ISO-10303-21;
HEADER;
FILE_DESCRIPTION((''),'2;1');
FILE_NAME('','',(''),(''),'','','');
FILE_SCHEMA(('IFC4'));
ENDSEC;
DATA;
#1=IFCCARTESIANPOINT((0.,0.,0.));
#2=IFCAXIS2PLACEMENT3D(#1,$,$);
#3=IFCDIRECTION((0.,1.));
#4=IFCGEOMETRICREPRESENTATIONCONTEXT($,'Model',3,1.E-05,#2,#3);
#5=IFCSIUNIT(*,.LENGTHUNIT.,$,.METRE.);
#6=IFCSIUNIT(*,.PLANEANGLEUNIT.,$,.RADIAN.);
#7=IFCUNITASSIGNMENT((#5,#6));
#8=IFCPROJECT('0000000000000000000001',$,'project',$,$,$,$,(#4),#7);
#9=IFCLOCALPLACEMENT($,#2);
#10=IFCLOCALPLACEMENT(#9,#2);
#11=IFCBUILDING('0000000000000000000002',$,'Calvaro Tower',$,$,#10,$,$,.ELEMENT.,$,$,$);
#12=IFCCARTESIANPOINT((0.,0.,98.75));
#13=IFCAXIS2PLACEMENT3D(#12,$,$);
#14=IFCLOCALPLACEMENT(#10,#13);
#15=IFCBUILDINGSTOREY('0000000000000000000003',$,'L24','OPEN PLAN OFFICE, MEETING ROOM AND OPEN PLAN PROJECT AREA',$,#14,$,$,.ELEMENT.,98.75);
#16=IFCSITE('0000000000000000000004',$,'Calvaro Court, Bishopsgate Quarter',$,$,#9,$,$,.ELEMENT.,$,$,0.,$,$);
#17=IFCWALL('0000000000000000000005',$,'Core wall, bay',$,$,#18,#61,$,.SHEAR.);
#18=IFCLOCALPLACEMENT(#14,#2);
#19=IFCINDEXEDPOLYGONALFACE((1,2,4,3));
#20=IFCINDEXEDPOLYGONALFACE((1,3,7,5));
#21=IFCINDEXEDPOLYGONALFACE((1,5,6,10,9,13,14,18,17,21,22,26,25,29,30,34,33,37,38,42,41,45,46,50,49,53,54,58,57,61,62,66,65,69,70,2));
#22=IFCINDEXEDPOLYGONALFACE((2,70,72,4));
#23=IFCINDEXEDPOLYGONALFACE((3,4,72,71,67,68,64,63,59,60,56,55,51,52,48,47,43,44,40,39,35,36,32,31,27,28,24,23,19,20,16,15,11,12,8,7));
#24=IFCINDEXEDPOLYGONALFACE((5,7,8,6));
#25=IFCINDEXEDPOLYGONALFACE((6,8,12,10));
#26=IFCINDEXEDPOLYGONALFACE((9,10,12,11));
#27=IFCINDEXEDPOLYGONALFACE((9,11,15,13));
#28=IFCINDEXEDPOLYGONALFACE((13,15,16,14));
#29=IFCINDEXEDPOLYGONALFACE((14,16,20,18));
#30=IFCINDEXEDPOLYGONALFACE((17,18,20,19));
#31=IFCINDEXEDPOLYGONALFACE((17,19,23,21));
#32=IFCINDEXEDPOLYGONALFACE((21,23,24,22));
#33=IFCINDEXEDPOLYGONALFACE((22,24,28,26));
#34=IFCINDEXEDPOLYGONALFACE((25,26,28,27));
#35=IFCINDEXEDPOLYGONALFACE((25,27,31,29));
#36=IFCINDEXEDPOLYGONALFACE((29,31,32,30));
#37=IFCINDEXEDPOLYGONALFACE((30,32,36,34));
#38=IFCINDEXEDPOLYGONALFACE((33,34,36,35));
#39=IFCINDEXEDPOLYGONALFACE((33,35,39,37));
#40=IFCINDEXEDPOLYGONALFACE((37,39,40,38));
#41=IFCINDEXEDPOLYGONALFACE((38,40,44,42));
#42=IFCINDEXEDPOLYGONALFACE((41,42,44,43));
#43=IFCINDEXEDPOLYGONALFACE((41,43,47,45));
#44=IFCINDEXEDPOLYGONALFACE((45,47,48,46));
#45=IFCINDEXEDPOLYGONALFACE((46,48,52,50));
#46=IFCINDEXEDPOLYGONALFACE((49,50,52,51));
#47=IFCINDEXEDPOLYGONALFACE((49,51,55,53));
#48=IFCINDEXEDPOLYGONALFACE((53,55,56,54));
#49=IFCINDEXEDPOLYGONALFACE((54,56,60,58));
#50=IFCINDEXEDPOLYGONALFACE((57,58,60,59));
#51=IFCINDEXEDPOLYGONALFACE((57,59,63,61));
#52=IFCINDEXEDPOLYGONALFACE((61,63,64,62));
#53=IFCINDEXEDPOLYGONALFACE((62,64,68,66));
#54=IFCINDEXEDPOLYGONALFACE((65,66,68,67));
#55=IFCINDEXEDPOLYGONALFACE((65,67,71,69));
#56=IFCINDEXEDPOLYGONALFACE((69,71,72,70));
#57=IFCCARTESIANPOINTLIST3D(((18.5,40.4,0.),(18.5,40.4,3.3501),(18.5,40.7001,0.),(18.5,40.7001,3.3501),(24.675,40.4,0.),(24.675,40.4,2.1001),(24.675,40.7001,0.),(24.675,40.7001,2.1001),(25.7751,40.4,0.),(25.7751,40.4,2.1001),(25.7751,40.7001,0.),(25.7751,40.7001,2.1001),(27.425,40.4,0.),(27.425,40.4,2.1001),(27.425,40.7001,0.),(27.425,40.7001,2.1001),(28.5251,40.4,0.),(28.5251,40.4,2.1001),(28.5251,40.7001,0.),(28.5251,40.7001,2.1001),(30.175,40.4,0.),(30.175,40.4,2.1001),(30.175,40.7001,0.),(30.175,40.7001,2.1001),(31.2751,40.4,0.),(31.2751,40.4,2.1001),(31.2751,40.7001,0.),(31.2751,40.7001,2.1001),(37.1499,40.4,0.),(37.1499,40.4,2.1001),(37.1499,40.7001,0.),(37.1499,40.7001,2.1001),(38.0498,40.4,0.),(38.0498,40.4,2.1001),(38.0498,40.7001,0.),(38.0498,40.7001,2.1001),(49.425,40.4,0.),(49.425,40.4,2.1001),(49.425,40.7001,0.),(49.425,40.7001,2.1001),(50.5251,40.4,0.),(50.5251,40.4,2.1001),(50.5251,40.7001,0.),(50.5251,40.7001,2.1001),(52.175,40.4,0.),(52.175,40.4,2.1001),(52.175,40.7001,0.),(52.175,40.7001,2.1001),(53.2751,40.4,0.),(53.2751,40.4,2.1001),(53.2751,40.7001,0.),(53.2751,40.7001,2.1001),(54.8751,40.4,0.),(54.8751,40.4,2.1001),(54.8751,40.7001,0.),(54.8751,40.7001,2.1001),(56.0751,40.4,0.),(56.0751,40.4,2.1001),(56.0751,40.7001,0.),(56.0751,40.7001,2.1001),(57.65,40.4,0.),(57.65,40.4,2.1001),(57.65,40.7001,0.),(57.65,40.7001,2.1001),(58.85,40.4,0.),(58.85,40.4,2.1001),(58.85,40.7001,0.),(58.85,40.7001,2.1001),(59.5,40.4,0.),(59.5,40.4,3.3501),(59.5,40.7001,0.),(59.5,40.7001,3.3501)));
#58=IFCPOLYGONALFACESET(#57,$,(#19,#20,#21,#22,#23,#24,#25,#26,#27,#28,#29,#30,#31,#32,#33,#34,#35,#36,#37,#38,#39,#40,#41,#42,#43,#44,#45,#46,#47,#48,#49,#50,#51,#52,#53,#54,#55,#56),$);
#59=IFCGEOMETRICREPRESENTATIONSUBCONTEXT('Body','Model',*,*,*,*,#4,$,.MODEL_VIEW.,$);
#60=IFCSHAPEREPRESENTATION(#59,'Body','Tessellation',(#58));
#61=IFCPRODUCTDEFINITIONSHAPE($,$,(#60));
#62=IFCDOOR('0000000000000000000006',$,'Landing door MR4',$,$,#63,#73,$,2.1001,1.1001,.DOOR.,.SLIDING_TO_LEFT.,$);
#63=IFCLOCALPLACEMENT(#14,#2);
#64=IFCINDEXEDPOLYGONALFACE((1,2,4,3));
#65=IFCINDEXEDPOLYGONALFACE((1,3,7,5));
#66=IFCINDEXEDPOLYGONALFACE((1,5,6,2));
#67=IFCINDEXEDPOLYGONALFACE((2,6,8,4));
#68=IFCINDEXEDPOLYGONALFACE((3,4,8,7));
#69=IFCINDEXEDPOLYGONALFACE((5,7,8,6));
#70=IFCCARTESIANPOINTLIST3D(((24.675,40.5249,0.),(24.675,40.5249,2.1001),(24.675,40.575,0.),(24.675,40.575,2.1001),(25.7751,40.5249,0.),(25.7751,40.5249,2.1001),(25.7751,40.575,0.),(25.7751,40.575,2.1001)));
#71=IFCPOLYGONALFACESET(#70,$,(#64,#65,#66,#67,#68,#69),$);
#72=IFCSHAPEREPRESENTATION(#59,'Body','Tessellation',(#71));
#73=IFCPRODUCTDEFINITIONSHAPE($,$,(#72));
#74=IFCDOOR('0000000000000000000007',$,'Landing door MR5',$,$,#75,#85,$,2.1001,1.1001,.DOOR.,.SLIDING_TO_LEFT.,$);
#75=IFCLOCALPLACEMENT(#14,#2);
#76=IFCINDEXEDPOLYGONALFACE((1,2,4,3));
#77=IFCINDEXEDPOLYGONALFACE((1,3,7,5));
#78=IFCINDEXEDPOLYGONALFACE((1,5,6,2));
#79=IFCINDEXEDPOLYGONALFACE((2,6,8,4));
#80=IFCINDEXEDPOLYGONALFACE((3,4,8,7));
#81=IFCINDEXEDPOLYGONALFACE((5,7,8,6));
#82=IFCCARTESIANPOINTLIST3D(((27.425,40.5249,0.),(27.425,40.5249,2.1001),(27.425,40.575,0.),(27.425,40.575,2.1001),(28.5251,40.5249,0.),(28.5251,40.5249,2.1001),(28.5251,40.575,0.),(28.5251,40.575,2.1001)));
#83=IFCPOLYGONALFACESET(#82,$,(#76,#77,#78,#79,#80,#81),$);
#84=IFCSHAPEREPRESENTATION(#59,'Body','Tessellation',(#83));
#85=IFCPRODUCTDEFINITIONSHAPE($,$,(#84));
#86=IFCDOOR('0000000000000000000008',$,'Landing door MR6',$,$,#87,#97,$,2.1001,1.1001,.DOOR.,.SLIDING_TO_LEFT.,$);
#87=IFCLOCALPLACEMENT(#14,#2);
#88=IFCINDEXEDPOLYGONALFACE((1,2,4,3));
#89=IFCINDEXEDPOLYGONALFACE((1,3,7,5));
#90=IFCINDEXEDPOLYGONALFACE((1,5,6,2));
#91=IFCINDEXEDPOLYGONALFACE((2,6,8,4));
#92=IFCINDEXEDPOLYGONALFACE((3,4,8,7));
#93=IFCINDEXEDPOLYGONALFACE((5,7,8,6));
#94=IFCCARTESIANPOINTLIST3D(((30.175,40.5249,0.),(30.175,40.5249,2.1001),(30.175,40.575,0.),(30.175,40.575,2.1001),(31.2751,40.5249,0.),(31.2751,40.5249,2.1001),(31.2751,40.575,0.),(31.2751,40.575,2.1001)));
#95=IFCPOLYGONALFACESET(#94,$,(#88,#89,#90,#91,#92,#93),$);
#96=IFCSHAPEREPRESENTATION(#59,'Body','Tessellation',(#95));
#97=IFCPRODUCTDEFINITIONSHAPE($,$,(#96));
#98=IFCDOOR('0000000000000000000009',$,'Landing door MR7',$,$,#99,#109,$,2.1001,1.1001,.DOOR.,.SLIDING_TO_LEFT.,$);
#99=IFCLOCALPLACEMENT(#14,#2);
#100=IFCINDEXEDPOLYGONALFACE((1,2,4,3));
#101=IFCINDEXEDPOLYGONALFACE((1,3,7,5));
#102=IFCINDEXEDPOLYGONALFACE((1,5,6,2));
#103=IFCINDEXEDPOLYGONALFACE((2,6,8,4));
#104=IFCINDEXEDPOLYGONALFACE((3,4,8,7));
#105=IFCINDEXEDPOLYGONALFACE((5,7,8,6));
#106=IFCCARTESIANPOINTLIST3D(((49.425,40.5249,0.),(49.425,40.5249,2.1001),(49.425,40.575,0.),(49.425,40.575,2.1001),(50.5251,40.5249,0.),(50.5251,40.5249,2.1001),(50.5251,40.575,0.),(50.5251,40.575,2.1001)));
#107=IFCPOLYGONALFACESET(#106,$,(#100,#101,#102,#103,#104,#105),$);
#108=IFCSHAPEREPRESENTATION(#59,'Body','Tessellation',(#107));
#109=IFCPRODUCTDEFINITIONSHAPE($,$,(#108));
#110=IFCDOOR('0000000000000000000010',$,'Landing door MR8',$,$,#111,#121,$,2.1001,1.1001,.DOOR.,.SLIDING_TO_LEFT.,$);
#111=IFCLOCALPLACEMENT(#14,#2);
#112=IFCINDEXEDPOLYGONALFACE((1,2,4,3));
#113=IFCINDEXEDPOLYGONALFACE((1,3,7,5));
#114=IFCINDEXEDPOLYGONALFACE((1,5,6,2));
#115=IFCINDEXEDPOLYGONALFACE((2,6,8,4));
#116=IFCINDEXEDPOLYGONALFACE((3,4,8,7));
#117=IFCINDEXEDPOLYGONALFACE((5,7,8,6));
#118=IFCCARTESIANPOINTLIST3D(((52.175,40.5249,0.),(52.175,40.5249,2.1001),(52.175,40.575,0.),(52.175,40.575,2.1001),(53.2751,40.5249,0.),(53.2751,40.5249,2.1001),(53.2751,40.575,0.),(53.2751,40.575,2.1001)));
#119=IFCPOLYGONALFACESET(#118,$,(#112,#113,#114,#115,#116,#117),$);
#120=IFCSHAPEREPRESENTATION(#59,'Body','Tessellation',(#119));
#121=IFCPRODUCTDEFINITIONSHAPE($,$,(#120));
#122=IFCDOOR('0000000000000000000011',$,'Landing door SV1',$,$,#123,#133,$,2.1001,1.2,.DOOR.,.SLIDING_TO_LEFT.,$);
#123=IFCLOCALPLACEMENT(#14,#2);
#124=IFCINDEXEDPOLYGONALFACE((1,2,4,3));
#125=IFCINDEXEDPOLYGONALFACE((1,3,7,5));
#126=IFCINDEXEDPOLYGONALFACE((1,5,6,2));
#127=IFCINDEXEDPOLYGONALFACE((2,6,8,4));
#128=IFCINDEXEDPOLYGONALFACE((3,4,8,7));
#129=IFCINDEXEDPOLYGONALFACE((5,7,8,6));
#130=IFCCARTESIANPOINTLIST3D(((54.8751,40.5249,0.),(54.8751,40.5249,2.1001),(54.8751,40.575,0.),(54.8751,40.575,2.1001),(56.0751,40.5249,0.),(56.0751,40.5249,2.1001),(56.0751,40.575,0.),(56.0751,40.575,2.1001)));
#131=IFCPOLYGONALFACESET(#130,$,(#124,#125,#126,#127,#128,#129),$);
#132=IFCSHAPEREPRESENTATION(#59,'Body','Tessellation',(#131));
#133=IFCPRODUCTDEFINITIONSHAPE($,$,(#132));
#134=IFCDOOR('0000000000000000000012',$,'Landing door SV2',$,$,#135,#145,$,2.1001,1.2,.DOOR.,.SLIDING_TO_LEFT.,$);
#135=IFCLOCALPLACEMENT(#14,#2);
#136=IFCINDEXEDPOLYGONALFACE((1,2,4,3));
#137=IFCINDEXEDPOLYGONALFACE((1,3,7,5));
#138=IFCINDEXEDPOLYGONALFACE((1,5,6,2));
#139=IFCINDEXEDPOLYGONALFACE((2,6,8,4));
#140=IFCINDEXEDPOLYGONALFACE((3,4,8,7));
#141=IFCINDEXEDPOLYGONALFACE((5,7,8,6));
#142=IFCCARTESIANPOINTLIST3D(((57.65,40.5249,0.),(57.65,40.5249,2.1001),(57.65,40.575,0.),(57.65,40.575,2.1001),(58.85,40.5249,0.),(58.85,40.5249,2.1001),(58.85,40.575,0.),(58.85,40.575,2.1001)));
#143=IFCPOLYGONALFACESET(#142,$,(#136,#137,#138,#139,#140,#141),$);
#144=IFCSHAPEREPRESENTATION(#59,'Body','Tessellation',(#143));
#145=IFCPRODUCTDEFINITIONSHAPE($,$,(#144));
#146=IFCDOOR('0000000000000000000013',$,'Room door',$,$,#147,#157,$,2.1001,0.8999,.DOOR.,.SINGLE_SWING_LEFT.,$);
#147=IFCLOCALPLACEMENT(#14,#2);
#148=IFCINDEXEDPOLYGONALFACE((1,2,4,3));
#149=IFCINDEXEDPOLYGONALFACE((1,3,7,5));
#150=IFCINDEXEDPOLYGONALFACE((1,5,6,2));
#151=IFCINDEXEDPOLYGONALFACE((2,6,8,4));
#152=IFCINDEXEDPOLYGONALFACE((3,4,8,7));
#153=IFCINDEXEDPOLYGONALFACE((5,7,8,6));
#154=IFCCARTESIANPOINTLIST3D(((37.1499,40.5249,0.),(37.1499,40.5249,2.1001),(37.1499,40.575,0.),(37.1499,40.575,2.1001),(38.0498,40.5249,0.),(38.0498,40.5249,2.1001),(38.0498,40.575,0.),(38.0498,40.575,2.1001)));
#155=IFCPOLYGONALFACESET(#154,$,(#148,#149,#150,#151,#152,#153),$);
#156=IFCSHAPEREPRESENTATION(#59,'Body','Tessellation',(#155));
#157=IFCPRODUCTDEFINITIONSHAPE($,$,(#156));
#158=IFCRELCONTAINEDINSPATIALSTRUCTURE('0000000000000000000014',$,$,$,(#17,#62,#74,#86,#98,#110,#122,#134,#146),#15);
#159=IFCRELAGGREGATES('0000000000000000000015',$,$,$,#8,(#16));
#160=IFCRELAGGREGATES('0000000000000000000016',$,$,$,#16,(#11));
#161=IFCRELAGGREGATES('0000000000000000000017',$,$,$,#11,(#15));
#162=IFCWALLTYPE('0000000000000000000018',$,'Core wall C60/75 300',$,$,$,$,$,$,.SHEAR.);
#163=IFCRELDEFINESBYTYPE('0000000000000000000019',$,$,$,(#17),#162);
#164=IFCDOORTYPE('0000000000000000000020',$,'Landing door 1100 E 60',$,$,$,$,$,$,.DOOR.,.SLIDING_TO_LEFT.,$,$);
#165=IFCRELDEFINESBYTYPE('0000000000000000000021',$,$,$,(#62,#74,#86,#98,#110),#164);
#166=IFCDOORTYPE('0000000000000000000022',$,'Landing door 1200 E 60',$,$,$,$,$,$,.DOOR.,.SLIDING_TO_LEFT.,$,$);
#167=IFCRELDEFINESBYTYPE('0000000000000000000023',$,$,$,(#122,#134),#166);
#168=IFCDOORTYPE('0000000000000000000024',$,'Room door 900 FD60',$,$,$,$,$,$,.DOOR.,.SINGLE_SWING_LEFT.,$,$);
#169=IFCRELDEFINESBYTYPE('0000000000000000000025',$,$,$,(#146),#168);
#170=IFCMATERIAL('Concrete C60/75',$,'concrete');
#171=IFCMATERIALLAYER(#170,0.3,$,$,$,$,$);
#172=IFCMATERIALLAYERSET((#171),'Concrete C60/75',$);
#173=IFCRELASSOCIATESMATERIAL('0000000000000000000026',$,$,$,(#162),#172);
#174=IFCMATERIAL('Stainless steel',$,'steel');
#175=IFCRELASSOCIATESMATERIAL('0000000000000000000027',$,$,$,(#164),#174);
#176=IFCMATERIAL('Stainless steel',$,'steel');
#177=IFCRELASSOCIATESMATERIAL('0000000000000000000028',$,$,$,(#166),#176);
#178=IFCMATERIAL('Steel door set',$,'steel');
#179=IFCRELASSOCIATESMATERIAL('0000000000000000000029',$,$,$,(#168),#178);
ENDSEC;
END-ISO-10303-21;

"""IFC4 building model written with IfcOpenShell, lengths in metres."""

from ifc_helpers import new_model, si_unit, direction, frame, frame_2d, origin, place, context, subcontext, project, spatial, rectangle, extrude, material, layer, layer_set, type_object, element, fill, save


model = new_model("IFC4")

# Units and contexts
model_context = context("Model", 3, precision=1e-05, world=origin(), true_north=direction((0.0, 1.0)))
body_context = subcontext(model_context, "Body", "Model", "MODEL_VIEW")
ifc_project = project(units=[si_unit("LENGTHUNIT", "METRE"), si_unit("PLANEANGLEUNIT", "RADIAN")], contexts=[model_context])

# Site, building, storey
site_placement = place(None, origin())
site = spatial("IfcSite", under=ifc_project, at=site_placement, Name="Calvaro Court, Bishopsgate Quarter", CompositionType="ELEMENT", RefElevation=0.0)
building_placement = place(site_placement, origin())
building = spatial("IfcBuilding", under=site, at=building_placement, Name="Calvaro Tower", CompositionType="ELEMENT")
storey_placement = place(building_placement, frame((0.0, 0.0, 98.75)))
storey = spatial("IfcBuildingStorey", under=building, at=storey_placement, Name="L24", Description="OPEN PLAN OFFICE, MEETING ROOM AND OPEN PLAN PROJECT AREA", CompositionType="ELEMENT", Elevation=98.75)

# Shared definitions
ifc_material_1 = material(Name="Concrete C60/75", Category="concrete")
ifc_layer_1 = layer(ifc_material_1, 0.3)
ifc_layer_set_1 = layer_set([ifc_layer_1], Name="Concrete C60/75")
wall_type_1 = type_object("IfcWallType", Name="Core wall C60/75 300", PredefinedType="SHEAR", material=ifc_layer_set_1)
ifc_material_2 = material(Name="Stainless steel", Category="steel")
door_type_1 = type_object("IfcDoorType", Name="Landing door 1100 E 60", OperationType="SLIDING_TO_LEFT", PredefinedType="DOOR", material=ifc_material_2)

# Wall, openings, doors
wall_1_placement = place(storey_placement, frame((18.5, 40.55, 0.0), z_axis=(0.0, 0.0, 1.0), x_axis=(1.0, 0.0, 0.0)))
wall_1 = element("IfcWall", 1, at=wall_1_placement, inside=storey, type_object=wall_type_1, Name="Core wall, bay", PredefinedType="SHEAR", context=body_context, shape_type="SweptSolid", body=[
    extrude(rectangle(XDim=41.0, YDim=0.3, at=frame_2d((20.5, 0.0))), origin(), (0.0, 0.0, 1.0), 3.3501),
])
opening_1_placement = place(wall_1_placement, frame((18.6499, 0.0, 0.0)))
opening_1 = element("IfcOpeningElement", 2, at=opening_1_placement, cuts=wall_1, PredefinedType="OPENING", context=body_context, shape_type="SweptSolid", body=[
    extrude(rectangle(XDim=0.8999, YDim=2.1001, at=frame_2d((0.45, 1.05))), frame((0.0, 0.1599, 0.0), z_axis=(0.0, -1.0, 0.0), x_axis=(1.0, 0.0, 0.0)), (0.0, 0.0, 1.0), 0.3201),
])
opening_2_placement = place(wall_1_placement, frame((6.175, 0.0, 0.0)))
opening_2 = element("IfcOpeningElement", 3, at=opening_2_placement, cuts=wall_1, PredefinedType="OPENING", context=body_context, shape_type="SweptSolid", body=[
    extrude(rectangle(XDim=1.1001, YDim=2.1001, at=frame_2d((0.55, 1.05))), frame((0.0, 0.1599, 0.0), z_axis=(0.0, -1.0, 0.0), x_axis=(1.0, 0.0, 0.0)), (0.0, 0.0, 1.0), 0.3201),
])
opening_3_placement = place(wall_1_placement, frame((8.925, 0.0, 0.0)))
opening_3 = element("IfcOpeningElement", 4, at=opening_3_placement, cuts=wall_1, PredefinedType="OPENING", context=body_context, shape_type="SweptSolid", body=[
    extrude(rectangle(XDim=1.1001, YDim=2.1001, at=frame_2d((0.55, 1.05))), frame((0.0, 0.1599, 0.0), z_axis=(0.0, -1.0, 0.0), x_axis=(1.0, 0.0, 0.0)), (0.0, 0.0, 1.0), 0.3201),
])
opening_4_placement = place(wall_1_placement, frame((11.675, 0.0, 0.0)))
opening_4 = element("IfcOpeningElement", 5, at=opening_4_placement, cuts=wall_1, PredefinedType="OPENING", context=body_context, shape_type="SweptSolid", body=[
    extrude(rectangle(XDim=1.1001, YDim=2.1001, at=frame_2d((0.55, 1.05))), frame((0.0, 0.1599, 0.0), z_axis=(0.0, -1.0, 0.0), x_axis=(1.0, 0.0, 0.0)), (0.0, 0.0, 1.0), 0.3201),
])
opening_5_placement = place(wall_1_placement, frame((30.925, 0.0, 0.0)))
opening_5 = element("IfcOpeningElement", 6, at=opening_5_placement, cuts=wall_1, PredefinedType="OPENING", context=body_context, shape_type="SweptSolid", body=[
    extrude(rectangle(XDim=1.1001, YDim=2.1001, at=frame_2d((0.55, 1.05))), frame((0.0, 0.1599, 0.0), z_axis=(0.0, -1.0, 0.0), x_axis=(1.0, 0.0, 0.0)), (0.0, 0.0, 1.0), 0.3201),
])
opening_6_placement = place(wall_1_placement, frame((33.675, 0.0, 0.0)))
opening_6 = element("IfcOpeningElement", 7, at=opening_6_placement, cuts=wall_1, PredefinedType="OPENING", context=body_context, shape_type="SweptSolid", body=[
    extrude(rectangle(XDim=1.1001, YDim=2.1001, at=frame_2d((0.55, 1.05))), frame((0.0, 0.1599, 0.0), z_axis=(0.0, -1.0, 0.0), x_axis=(1.0, 0.0, 0.0)), (0.0, 0.0, 1.0), 0.3201),
])
opening_7_placement = place(wall_1_placement, frame((36.375, 0.0, 0.0)))
opening_7 = element("IfcOpeningElement", 8, at=opening_7_placement, cuts=wall_1, PredefinedType="OPENING", context=body_context, shape_type="SweptSolid", body=[
    extrude(rectangle(XDim=1.2, YDim=2.1001, at=frame_2d((0.6001, 1.05))), frame((0.0, 0.1599, 0.0), z_axis=(0.0, -1.0, 0.0), x_axis=(1.0, 0.0, 0.0)), (0.0, 0.0, 1.0), 0.3201),
])
opening_8_placement = place(wall_1_placement, frame((39.1499, 0.0, 0.0)))
opening_8 = element("IfcOpeningElement", 9, at=opening_8_placement, cuts=wall_1, PredefinedType="OPENING", context=body_context, shape_type="SweptSolid", body=[
    extrude(rectangle(XDim=1.2, YDim=2.1001, at=frame_2d((0.6001, 1.05))), frame((0.0, 0.1599, 0.0), z_axis=(0.0, -1.0, 0.0), x_axis=(1.0, 0.0, 0.0)), (0.0, 0.0, 1.0), 0.3201),
])
door_1_placement = place(opening_2_placement, origin())
door_1 = element("IfcDoor", 10, at=door_1_placement, inside=storey, type_object=door_type_1, Name="Landing door MR4", OperationType="SLIDING_TO_LEFT", OverallHeight=2.1001, OverallWidth=1.1001, PredefinedType="DOOR", context=body_context, shape_type="SweptSolid", body=[
    extrude(rectangle(XDim=1.1001, YDim=2.1001, at=frame_2d((0.55, 1.05))), frame((0.0, 0.0249, 0.0), z_axis=(0.0, -1.0, 0.0), x_axis=(1.0, 0.0, 0.0)), (0.0, 0.0, 1.0), 0.05),
])
fill(opening_2, door_1)
door_2_placement = place(opening_3_placement, origin())
door_2 = element("IfcDoor", 11, at=door_2_placement, inside=storey, type_object=door_type_1, Name="Landing door MR5", OperationType="SLIDING_TO_LEFT", OverallHeight=2.1001, OverallWidth=1.1001, PredefinedType="DOOR", context=body_context, shape_type="SweptSolid", body=[
    extrude(rectangle(XDim=1.1001, YDim=2.1001, at=frame_2d((0.55, 1.05))), frame((0.0, 0.0249, 0.0), z_axis=(0.0, -1.0, 0.0), x_axis=(1.0, 0.0, 0.0)), (0.0, 0.0, 1.0), 0.05),
])
fill(opening_3, door_2)
door_3_placement = place(opening_4_placement, origin())
door_3 = element("IfcDoor", 12, at=door_3_placement, inside=storey, type_object=door_type_1, Name="Landing door MR6", OperationType="SLIDING_TO_LEFT", OverallHeight=2.1001, OverallWidth=1.1001, PredefinedType="DOOR", context=body_context, shape_type="SweptSolid", body=[
    extrude(rectangle(XDim=1.1001, YDim=2.1001, at=frame_2d((0.55, 1.05))), frame((0.0, 0.0249, 0.0), z_axis=(0.0, -1.0, 0.0), x_axis=(1.0, 0.0, 0.0)), (0.0, 0.0, 1.0), 0.05),
])
fill(opening_4, door_3)
door_4_placement = place(opening_5_placement, origin())
door_4 = element("IfcDoor", 13, at=door_4_placement, inside=storey, type_object=door_type_1, Name="Landing door MR7", OperationType="SLIDING_TO_LEFT", OverallHeight=2.1001, OverallWidth=1.1001, PredefinedType="DOOR", context=body_context, shape_type="SweptSolid", body=[
    extrude(rectangle(XDim=1.1001, YDim=2.1001, at=frame_2d((0.55, 1.05))), frame((0.0, 0.0249, 0.0), z_axis=(0.0, -1.0, 0.0), x_axis=(1.0, 0.0, 0.0)), (0.0, 0.0, 1.0), 0.05),
])
fill(opening_5, door_4)
door_5_placement = place(opening_6_placement, origin())
door_5 = element("IfcDoor", 14, at=door_5_placement, inside=storey, type_object=door_type_1, Name="Landing door MR8", OperationType="SLIDING_TO_LEFT", OverallHeight=2.1001, OverallWidth=1.1001, PredefinedType="DOOR", context=body_context, shape_type="SweptSolid", body=[
    extrude(rectangle(XDim=1.1001, YDim=2.1001, at=frame_2d((0.55, 1.05))), frame((0.0, 0.0249, 0.0), z_axis=(0.0, -1.0, 0.0), x_axis=(1.0, 0.0, 0.0)), (0.0, 0.0, 1.0), 0.05),
])
fill(opening_6, door_5)
ifc_material_3 = material(Name="Stainless steel", Category="steel")
door_type_2 = type_object("IfcDoorType", Name="Landing door 1200 E 60", OperationType="SLIDING_TO_LEFT", PredefinedType="DOOR", material=ifc_material_3)
door_6_placement = place(opening_7_placement, origin())
door_6 = element("IfcDoor", 15, at=door_6_placement, inside=storey, type_object=door_type_2, Name="Landing door SV1", OperationType="SLIDING_TO_LEFT", OverallHeight=2.1001, OverallWidth=1.2, PredefinedType="DOOR", context=body_context, shape_type="SweptSolid", body=[
    extrude(rectangle(XDim=1.2, YDim=2.1001, at=frame_2d((0.6001, 1.05))), frame((0.0, 0.0249, 0.0), z_axis=(0.0, -1.0, 0.0), x_axis=(1.0, 0.0, 0.0)), (0.0, 0.0, 1.0), 0.05),
])
fill(opening_7, door_6)
door_7_placement = place(opening_8_placement, origin())
door_7 = element("IfcDoor", 16, at=door_7_placement, inside=storey, type_object=door_type_2, Name="Landing door SV2", OperationType="SLIDING_TO_LEFT", OverallHeight=2.1001, OverallWidth=1.2, PredefinedType="DOOR", context=body_context, shape_type="SweptSolid", body=[
    extrude(rectangle(XDim=1.2, YDim=2.1001, at=frame_2d((0.6001, 1.05))), frame((0.0, 0.0249, 0.0), z_axis=(0.0, -1.0, 0.0), x_axis=(1.0, 0.0, 0.0)), (0.0, 0.0, 1.0), 0.05),
])
fill(opening_8, door_7)
ifc_material_4 = material(Name="Steel door set", Category="steel")
door_type_3 = type_object("IfcDoorType", Name="Room door 900 FD60", OperationType="SINGLE_SWING_LEFT", PredefinedType="DOOR", material=ifc_material_4)
door_8_placement = place(opening_1_placement, origin())
door_8 = element("IfcDoor", 17, at=door_8_placement, inside=storey, type_object=door_type_3, Name="Room door", OperationType="SINGLE_SWING_LEFT", OverallHeight=2.1001, OverallWidth=0.8999, PredefinedType="DOOR", context=body_context, shape_type="SweptSolid", body=[
    extrude(rectangle(XDim=0.8999, YDim=2.1001, at=frame_2d((0.45, 1.05))), frame((0.0, 0.0249, 0.0), z_axis=(0.0, -1.0, 0.0), x_axis=(1.0, 0.0, 0.0)), (0.0, 0.0, 1.0), 0.05),
])
fill(opening_1, door_8)

save(model, "model.ifc")
